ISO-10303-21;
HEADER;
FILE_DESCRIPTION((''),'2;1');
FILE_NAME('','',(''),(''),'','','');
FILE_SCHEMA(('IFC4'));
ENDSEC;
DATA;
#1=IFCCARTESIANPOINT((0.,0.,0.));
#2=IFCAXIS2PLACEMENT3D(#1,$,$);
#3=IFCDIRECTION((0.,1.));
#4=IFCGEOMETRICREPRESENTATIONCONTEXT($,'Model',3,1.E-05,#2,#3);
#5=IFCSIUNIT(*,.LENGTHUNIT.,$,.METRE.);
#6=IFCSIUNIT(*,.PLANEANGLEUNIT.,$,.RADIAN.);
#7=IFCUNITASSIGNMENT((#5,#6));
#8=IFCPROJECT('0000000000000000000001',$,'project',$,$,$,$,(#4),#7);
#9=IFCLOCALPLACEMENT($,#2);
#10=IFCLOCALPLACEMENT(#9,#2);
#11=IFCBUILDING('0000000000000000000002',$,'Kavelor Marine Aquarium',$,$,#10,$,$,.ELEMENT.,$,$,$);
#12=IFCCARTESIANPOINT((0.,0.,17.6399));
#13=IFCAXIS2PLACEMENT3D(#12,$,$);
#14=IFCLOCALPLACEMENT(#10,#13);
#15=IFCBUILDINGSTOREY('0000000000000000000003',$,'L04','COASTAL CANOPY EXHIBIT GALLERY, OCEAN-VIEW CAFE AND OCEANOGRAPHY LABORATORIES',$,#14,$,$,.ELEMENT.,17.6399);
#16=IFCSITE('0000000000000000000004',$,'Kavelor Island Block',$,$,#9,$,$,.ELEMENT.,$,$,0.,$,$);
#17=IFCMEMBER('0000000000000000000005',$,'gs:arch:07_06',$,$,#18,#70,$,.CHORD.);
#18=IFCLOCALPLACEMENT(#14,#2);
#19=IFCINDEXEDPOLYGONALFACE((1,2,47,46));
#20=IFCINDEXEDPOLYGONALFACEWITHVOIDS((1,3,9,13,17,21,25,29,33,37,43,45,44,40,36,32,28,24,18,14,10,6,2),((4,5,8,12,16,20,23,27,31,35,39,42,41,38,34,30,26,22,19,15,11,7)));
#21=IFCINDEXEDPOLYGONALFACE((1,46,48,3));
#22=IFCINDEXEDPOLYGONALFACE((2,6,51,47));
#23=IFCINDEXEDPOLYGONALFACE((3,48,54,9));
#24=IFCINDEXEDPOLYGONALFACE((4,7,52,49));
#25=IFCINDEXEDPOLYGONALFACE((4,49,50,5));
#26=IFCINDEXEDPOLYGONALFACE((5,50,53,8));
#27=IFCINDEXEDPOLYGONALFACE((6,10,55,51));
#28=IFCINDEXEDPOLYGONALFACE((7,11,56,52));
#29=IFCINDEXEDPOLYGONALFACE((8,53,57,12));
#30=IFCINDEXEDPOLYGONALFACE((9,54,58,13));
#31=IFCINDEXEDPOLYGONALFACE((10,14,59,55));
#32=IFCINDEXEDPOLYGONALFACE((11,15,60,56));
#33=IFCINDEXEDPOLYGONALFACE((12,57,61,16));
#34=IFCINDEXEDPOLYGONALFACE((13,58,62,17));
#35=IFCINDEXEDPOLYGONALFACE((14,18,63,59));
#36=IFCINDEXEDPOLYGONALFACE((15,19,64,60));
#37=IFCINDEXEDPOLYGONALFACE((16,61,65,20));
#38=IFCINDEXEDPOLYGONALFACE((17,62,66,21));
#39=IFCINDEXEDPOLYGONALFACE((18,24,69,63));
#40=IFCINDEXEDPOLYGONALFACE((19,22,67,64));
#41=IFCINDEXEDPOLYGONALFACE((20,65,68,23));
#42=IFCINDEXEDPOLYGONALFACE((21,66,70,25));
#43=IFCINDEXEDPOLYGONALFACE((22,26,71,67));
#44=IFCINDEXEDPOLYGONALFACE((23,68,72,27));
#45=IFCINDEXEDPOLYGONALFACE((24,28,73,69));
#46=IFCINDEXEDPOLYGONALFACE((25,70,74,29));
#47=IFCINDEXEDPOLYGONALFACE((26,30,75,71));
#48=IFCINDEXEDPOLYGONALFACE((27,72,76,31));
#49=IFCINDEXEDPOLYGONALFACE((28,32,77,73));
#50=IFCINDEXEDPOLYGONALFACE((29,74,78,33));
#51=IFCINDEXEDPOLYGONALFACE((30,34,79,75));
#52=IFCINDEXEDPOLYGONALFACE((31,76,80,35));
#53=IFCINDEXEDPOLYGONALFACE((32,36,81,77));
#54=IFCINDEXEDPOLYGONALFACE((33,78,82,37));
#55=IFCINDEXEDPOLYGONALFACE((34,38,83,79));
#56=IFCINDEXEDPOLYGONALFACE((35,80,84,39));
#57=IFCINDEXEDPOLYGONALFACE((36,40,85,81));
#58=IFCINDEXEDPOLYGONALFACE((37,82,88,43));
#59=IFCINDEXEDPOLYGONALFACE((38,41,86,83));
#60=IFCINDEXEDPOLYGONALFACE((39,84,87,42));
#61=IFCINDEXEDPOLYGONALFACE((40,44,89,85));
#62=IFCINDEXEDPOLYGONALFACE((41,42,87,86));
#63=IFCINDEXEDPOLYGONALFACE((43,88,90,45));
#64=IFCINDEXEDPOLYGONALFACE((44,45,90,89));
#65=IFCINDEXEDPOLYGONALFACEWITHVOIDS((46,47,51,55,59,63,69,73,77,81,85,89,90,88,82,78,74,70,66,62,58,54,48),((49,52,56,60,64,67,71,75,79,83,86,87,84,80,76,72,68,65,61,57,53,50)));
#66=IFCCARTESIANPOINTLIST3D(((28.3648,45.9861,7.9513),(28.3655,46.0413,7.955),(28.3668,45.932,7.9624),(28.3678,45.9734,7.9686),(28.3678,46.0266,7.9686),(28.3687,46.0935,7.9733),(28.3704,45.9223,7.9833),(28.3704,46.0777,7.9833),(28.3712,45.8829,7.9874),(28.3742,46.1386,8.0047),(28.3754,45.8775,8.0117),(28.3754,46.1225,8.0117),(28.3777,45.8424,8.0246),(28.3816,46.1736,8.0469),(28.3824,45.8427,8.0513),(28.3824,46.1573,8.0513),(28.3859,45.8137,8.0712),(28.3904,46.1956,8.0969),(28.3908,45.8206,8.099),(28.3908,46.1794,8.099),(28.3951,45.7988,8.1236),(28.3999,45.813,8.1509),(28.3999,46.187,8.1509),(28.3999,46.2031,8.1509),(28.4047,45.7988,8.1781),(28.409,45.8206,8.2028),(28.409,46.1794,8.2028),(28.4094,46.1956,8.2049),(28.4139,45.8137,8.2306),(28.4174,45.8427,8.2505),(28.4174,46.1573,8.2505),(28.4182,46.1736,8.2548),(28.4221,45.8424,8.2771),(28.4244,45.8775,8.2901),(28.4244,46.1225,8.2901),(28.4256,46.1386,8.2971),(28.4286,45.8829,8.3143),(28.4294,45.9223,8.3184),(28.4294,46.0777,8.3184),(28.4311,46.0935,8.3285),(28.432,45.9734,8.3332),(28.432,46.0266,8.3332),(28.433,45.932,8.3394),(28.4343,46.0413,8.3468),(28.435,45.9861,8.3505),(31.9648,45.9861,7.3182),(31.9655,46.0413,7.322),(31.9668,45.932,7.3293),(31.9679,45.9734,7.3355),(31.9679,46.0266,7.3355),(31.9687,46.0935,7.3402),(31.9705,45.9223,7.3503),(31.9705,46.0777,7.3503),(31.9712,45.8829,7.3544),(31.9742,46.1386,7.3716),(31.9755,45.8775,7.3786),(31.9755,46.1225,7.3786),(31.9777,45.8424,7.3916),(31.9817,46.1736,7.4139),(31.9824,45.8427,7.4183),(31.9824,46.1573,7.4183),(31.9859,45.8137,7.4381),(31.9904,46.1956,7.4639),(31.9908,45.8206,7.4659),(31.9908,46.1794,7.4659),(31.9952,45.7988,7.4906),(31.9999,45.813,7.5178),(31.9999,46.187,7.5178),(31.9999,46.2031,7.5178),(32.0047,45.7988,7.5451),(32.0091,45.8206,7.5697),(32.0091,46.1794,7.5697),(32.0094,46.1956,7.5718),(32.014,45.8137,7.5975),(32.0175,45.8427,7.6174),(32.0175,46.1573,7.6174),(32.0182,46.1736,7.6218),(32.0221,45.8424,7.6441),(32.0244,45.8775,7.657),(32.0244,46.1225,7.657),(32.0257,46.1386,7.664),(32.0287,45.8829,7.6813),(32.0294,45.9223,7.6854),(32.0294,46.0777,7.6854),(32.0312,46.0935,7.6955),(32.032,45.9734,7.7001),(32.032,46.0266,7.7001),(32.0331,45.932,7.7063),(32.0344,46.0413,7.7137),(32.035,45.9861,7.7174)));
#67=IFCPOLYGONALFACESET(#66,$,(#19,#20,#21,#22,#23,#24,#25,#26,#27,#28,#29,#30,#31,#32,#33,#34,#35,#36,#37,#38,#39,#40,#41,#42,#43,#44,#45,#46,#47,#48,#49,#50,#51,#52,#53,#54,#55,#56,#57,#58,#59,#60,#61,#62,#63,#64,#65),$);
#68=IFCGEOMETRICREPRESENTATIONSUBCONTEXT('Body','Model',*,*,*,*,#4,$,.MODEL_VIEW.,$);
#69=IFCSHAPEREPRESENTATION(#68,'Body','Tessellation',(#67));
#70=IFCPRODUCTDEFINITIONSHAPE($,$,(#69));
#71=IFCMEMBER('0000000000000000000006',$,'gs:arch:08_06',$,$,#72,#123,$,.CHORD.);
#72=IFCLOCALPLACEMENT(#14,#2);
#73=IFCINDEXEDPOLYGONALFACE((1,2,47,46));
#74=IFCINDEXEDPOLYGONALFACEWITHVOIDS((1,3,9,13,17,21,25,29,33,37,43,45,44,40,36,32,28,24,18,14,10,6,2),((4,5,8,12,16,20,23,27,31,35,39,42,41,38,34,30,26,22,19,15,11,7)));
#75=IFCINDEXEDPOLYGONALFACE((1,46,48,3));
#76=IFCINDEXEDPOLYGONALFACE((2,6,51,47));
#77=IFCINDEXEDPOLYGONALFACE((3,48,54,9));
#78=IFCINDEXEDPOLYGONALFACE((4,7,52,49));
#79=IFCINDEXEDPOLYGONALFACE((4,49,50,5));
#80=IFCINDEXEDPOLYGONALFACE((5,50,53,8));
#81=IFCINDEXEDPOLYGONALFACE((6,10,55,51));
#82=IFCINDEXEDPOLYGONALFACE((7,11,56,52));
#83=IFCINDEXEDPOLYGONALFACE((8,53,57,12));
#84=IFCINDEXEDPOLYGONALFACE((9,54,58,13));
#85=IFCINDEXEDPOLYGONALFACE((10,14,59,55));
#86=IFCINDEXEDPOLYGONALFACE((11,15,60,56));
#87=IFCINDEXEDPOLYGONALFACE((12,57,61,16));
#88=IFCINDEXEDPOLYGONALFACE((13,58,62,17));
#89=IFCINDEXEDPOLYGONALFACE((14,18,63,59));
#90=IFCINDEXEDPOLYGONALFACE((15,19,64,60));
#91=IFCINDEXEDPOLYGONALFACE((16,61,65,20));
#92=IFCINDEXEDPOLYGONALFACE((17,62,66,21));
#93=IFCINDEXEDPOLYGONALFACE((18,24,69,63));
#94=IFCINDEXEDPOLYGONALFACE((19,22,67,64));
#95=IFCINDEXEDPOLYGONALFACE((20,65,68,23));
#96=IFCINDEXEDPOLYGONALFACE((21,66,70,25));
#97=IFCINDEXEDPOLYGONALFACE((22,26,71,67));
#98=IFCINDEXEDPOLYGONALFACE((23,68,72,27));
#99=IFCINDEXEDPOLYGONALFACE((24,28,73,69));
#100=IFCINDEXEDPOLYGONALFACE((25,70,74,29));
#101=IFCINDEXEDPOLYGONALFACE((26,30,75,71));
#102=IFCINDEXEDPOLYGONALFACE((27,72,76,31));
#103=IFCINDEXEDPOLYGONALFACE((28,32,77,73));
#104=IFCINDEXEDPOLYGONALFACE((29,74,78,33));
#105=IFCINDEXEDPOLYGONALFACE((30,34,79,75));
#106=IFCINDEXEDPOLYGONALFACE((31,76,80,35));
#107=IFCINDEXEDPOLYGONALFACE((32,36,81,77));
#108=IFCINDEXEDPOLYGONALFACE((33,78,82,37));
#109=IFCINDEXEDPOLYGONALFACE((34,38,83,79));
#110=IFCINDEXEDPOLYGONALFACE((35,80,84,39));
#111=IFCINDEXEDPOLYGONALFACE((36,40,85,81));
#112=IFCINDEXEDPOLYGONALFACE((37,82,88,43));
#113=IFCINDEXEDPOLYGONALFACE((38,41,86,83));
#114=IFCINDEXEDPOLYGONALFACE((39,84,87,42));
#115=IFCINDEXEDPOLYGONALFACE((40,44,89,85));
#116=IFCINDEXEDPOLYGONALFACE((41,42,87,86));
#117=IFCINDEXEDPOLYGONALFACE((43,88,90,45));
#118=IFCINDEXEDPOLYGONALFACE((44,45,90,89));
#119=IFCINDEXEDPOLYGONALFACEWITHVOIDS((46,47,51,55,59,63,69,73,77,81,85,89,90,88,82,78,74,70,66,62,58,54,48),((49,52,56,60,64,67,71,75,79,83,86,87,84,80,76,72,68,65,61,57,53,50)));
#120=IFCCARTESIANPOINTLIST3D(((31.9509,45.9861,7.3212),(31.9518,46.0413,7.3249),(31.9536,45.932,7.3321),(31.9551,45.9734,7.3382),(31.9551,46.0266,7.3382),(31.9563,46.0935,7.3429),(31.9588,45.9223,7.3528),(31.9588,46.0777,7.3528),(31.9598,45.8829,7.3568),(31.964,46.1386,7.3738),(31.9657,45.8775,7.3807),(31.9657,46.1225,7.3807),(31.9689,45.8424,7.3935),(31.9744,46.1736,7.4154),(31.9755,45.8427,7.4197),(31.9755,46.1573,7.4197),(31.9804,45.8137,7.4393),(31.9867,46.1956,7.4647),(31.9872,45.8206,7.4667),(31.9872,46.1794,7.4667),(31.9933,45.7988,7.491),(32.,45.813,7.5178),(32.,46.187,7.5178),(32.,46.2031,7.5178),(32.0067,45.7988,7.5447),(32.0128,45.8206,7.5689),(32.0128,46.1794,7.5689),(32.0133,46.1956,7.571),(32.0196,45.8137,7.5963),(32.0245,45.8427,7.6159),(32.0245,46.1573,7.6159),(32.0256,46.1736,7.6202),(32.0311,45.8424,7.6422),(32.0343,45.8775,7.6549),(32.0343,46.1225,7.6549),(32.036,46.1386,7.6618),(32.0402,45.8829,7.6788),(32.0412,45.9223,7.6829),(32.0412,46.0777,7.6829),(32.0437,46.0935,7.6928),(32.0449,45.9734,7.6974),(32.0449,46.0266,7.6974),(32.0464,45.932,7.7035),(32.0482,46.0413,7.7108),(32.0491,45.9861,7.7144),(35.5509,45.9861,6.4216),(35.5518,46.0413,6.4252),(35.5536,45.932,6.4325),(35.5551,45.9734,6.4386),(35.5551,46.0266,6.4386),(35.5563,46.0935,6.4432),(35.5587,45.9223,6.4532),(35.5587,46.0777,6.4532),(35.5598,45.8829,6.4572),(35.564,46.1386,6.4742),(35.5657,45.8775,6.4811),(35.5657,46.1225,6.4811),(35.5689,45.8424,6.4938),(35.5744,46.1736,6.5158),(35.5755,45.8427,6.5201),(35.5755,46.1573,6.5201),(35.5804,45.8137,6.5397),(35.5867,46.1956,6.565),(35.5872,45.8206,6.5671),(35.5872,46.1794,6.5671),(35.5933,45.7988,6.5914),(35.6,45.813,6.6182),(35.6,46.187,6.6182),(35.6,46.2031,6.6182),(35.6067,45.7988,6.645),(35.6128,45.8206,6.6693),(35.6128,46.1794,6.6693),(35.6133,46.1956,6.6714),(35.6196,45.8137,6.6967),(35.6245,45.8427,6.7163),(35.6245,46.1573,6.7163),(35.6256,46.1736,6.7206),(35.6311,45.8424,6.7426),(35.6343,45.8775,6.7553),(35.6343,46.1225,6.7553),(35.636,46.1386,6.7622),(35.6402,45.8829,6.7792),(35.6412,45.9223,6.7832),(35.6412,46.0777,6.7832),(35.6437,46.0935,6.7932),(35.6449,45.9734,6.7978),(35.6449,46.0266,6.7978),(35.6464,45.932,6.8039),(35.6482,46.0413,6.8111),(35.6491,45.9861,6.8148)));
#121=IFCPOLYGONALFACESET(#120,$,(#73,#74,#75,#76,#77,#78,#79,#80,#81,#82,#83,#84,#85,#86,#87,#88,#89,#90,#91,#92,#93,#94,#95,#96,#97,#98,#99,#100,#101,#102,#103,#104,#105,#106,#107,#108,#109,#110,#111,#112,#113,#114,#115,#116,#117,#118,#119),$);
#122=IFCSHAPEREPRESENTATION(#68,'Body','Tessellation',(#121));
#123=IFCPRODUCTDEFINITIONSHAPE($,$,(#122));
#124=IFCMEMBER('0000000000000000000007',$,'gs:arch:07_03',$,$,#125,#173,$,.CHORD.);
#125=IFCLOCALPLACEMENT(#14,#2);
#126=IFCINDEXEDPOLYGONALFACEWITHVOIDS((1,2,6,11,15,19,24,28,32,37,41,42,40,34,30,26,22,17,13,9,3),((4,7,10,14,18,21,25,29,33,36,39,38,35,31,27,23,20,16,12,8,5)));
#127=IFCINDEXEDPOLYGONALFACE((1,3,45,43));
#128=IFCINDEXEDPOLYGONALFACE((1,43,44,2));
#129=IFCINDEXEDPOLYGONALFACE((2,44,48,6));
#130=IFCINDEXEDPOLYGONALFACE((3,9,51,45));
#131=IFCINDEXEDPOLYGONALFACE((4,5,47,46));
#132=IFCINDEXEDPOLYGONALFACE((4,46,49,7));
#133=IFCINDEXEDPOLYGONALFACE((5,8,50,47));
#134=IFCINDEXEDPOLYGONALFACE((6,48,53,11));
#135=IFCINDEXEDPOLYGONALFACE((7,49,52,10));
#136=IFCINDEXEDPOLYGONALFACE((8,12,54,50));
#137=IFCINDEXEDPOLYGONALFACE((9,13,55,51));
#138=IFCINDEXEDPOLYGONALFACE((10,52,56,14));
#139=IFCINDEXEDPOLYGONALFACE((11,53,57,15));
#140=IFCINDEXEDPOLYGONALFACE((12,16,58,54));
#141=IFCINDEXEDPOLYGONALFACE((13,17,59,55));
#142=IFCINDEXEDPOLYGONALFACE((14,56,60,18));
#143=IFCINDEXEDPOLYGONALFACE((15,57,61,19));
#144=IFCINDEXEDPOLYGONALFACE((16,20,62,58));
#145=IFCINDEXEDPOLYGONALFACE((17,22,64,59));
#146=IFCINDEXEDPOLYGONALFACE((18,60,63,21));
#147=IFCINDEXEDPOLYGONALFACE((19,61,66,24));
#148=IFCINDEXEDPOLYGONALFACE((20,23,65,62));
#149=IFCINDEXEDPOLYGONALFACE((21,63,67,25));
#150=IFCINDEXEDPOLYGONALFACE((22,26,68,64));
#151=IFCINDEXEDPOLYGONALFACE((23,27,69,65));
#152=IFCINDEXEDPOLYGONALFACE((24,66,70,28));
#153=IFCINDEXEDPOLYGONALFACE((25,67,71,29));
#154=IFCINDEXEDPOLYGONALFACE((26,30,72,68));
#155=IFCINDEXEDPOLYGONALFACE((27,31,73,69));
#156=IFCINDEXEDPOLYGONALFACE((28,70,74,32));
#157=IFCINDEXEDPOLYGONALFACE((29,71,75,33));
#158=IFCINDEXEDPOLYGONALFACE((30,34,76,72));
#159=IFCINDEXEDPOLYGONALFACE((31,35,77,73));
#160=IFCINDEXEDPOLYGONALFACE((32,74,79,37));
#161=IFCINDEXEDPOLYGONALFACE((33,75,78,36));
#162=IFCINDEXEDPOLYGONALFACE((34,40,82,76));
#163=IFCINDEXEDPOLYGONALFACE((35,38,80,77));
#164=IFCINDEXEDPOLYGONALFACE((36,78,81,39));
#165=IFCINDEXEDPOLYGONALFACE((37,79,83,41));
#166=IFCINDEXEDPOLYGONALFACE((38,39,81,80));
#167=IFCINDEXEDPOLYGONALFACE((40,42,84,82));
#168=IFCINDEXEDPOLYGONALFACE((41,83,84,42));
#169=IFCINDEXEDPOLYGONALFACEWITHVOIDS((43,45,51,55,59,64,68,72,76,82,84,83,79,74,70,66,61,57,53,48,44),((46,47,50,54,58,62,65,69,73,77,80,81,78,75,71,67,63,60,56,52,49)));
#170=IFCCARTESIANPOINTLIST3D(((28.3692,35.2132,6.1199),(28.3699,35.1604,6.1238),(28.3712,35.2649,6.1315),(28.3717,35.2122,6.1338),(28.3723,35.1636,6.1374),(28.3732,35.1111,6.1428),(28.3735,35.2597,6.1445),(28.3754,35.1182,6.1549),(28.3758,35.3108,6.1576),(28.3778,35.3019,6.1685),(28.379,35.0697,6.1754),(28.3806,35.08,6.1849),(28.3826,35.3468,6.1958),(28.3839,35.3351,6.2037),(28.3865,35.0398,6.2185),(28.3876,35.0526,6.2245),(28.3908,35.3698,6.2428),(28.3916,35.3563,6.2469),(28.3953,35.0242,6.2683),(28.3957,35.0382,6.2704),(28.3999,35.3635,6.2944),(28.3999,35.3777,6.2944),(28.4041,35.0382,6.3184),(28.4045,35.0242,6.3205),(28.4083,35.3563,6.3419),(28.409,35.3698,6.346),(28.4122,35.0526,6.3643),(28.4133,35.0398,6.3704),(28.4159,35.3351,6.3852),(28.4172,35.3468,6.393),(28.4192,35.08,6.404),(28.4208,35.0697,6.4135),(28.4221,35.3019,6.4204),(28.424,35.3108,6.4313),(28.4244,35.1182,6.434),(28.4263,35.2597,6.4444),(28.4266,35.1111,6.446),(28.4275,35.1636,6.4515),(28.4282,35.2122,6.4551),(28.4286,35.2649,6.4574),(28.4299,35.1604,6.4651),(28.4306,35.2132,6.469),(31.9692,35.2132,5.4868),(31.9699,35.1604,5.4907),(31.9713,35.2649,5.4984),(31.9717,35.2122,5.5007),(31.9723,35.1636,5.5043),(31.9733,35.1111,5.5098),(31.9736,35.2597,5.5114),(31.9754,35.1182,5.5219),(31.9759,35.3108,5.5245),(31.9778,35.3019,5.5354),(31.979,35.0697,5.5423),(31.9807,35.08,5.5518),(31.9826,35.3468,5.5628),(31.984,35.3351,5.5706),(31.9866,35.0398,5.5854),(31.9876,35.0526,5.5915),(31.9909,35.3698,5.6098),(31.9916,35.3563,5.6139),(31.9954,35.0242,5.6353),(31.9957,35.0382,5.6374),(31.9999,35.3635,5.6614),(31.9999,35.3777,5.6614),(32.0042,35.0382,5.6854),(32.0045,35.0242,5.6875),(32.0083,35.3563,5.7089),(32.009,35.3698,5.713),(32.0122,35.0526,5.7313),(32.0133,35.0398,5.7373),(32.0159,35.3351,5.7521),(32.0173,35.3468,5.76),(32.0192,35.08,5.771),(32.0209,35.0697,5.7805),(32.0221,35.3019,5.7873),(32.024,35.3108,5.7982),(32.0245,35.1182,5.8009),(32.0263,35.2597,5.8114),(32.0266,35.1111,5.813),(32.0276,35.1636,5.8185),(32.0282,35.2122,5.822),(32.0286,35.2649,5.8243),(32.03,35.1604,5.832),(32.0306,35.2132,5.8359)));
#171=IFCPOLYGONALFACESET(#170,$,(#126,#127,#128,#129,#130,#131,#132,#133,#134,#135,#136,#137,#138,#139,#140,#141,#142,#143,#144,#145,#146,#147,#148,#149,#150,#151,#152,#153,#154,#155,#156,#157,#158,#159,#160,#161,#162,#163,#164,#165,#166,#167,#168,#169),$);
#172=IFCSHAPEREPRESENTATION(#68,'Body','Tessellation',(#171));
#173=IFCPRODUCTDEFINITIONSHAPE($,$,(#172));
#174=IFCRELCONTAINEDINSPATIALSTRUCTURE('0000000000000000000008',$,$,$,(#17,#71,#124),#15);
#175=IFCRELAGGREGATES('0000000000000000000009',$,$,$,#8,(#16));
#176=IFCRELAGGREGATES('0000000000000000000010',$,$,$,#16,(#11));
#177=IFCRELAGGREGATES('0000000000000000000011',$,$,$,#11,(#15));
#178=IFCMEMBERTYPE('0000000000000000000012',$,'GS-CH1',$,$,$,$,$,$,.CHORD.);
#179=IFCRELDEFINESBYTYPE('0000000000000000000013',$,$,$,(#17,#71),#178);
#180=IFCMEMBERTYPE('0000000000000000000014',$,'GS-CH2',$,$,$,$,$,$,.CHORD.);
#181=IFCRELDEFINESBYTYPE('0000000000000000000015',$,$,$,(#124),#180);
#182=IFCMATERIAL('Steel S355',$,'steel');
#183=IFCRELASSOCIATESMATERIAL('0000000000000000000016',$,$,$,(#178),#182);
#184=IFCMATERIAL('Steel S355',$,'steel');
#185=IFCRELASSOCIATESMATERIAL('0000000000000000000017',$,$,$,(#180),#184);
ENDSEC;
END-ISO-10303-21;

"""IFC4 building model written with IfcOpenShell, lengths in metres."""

from ifc_helpers import new_model, si_unit, direction, frame, origin, origin_2d, place, context, subcontext, project, spatial, hollow_circle, extrude, material, material_profile, profile_set, type_object, element, save


model = new_model("IFC4")

# Units and contexts
model_context = context("Model", 3, precision=1e-05, world=origin(), true_north=direction((0.0, 1.0)))
body_context = subcontext(model_context, "Body", "Model", "MODEL_VIEW")
ifc_project = project(units=[si_unit("LENGTHUNIT", "METRE"), si_unit("PLANEANGLEUNIT", "RADIAN")], contexts=[model_context])

# Site, building, storey
site_placement = place(None, origin())
site = spatial("IfcSite", under=ifc_project, at=site_placement, Name="Kavelor Island Block", CompositionType="ELEMENT", RefElevation=0.0)
building_placement = place(site_placement, origin())
building = spatial("IfcBuilding", under=site, at=building_placement, Name="Kavelor Marine Aquarium", CompositionType="ELEMENT")
storey_placement = place(building_placement, frame((0.0, 0.0, 17.6399)))
storey = spatial("IfcBuildingStorey", under=building, at=storey_placement, Name="L04", Description="COASTAL CANOPY EXHIBIT GALLERY, OCEAN-VIEW CAFE AND OCEANOGRAPHY LABORATORIES", CompositionType="ELEMENT", Elevation=17.6399)

# Members
ifc_material_1 = material(Name="Steel S355", Category="steel")
ifc_material_profile_1 = material_profile(ifc_material_1, hollow_circle(Radius=0.2031, WallThickness=0.0161, at=origin_2d()), Name="CHS 406.4x16.0")
ifc_profile_set_1 = profile_set([ifc_material_profile_1], Name="Steel S355")
member_type_1 = type_object("IfcMemberType", Name="GS-CH1", PredefinedType="CHORD", material=ifc_profile_set_1)
member_1_placement = place(storey_placement, frame((28.3999, 46.0, 8.1509), z_axis=(0.984889, 0.0, -0.173187), x_axis=(0.0, 1.0, 0.0)))
element("IfcMember", 1, at=member_1_placement, inside=storey, type_object=member_type_1, Name="gs:arch:07_06", PredefinedType="CHORD", context=body_context, shape_type="SweptSolid", body=[
    extrude(hollow_circle(Radius=0.2031, WallThickness=0.0161, at=origin_2d()), origin(), (0.0, 0.0, 1.0), 3.6553),
])
member_2_placement = place(storey_placement, frame((32.0, 46.0, 7.5178), z_axis=(0.970166, 0.0, -0.242443), x_axis=(0.0, 1.0, 0.0)))
element("IfcMember", 2, at=member_2_placement, inside=storey, type_object=member_type_1, Name="gs:arch:08_06", PredefinedType="CHORD", context=body_context, shape_type="SweptSolid", body=[
    extrude(hollow_circle(Radius=0.2031, WallThickness=0.0161, at=origin_2d()), origin(), (0.0, 0.0, 1.0), 3.7107),
])
ifc_material_2 = material(Name="Steel S355", Category="steel")
ifc_material_profile_2 = material_profile(ifc_material_2, hollow_circle(Radius=0.1777, WallThickness=0.0142, at=origin_2d()), Name="CHS 355.6x14.2")
ifc_profile_set_2 = profile_set([ifc_material_profile_2], Name="Steel S355")
member_type_2 = type_object("IfcMemberType", Name="GS-CH2", PredefinedType="CHORD", material=ifc_profile_set_2)
member_3_placement = place(storey_placement, frame((28.3999, 35.2, 6.2944), z_axis=(0.984889, 0.0, -0.173187), x_axis=(0.0, 1.0, 0.0)))
element("IfcMember", 3, at=member_3_placement, inside=storey, type_object=member_type_2, Name="gs:arch:07_03", PredefinedType="CHORD", context=body_context, shape_type="SweptSolid", body=[
    extrude(hollow_circle(Radius=0.1777, WallThickness=0.0142, at=origin_2d()), origin(), (0.0, 0.0, 1.0), 3.6553),
])

save(model, "model.ifc")
